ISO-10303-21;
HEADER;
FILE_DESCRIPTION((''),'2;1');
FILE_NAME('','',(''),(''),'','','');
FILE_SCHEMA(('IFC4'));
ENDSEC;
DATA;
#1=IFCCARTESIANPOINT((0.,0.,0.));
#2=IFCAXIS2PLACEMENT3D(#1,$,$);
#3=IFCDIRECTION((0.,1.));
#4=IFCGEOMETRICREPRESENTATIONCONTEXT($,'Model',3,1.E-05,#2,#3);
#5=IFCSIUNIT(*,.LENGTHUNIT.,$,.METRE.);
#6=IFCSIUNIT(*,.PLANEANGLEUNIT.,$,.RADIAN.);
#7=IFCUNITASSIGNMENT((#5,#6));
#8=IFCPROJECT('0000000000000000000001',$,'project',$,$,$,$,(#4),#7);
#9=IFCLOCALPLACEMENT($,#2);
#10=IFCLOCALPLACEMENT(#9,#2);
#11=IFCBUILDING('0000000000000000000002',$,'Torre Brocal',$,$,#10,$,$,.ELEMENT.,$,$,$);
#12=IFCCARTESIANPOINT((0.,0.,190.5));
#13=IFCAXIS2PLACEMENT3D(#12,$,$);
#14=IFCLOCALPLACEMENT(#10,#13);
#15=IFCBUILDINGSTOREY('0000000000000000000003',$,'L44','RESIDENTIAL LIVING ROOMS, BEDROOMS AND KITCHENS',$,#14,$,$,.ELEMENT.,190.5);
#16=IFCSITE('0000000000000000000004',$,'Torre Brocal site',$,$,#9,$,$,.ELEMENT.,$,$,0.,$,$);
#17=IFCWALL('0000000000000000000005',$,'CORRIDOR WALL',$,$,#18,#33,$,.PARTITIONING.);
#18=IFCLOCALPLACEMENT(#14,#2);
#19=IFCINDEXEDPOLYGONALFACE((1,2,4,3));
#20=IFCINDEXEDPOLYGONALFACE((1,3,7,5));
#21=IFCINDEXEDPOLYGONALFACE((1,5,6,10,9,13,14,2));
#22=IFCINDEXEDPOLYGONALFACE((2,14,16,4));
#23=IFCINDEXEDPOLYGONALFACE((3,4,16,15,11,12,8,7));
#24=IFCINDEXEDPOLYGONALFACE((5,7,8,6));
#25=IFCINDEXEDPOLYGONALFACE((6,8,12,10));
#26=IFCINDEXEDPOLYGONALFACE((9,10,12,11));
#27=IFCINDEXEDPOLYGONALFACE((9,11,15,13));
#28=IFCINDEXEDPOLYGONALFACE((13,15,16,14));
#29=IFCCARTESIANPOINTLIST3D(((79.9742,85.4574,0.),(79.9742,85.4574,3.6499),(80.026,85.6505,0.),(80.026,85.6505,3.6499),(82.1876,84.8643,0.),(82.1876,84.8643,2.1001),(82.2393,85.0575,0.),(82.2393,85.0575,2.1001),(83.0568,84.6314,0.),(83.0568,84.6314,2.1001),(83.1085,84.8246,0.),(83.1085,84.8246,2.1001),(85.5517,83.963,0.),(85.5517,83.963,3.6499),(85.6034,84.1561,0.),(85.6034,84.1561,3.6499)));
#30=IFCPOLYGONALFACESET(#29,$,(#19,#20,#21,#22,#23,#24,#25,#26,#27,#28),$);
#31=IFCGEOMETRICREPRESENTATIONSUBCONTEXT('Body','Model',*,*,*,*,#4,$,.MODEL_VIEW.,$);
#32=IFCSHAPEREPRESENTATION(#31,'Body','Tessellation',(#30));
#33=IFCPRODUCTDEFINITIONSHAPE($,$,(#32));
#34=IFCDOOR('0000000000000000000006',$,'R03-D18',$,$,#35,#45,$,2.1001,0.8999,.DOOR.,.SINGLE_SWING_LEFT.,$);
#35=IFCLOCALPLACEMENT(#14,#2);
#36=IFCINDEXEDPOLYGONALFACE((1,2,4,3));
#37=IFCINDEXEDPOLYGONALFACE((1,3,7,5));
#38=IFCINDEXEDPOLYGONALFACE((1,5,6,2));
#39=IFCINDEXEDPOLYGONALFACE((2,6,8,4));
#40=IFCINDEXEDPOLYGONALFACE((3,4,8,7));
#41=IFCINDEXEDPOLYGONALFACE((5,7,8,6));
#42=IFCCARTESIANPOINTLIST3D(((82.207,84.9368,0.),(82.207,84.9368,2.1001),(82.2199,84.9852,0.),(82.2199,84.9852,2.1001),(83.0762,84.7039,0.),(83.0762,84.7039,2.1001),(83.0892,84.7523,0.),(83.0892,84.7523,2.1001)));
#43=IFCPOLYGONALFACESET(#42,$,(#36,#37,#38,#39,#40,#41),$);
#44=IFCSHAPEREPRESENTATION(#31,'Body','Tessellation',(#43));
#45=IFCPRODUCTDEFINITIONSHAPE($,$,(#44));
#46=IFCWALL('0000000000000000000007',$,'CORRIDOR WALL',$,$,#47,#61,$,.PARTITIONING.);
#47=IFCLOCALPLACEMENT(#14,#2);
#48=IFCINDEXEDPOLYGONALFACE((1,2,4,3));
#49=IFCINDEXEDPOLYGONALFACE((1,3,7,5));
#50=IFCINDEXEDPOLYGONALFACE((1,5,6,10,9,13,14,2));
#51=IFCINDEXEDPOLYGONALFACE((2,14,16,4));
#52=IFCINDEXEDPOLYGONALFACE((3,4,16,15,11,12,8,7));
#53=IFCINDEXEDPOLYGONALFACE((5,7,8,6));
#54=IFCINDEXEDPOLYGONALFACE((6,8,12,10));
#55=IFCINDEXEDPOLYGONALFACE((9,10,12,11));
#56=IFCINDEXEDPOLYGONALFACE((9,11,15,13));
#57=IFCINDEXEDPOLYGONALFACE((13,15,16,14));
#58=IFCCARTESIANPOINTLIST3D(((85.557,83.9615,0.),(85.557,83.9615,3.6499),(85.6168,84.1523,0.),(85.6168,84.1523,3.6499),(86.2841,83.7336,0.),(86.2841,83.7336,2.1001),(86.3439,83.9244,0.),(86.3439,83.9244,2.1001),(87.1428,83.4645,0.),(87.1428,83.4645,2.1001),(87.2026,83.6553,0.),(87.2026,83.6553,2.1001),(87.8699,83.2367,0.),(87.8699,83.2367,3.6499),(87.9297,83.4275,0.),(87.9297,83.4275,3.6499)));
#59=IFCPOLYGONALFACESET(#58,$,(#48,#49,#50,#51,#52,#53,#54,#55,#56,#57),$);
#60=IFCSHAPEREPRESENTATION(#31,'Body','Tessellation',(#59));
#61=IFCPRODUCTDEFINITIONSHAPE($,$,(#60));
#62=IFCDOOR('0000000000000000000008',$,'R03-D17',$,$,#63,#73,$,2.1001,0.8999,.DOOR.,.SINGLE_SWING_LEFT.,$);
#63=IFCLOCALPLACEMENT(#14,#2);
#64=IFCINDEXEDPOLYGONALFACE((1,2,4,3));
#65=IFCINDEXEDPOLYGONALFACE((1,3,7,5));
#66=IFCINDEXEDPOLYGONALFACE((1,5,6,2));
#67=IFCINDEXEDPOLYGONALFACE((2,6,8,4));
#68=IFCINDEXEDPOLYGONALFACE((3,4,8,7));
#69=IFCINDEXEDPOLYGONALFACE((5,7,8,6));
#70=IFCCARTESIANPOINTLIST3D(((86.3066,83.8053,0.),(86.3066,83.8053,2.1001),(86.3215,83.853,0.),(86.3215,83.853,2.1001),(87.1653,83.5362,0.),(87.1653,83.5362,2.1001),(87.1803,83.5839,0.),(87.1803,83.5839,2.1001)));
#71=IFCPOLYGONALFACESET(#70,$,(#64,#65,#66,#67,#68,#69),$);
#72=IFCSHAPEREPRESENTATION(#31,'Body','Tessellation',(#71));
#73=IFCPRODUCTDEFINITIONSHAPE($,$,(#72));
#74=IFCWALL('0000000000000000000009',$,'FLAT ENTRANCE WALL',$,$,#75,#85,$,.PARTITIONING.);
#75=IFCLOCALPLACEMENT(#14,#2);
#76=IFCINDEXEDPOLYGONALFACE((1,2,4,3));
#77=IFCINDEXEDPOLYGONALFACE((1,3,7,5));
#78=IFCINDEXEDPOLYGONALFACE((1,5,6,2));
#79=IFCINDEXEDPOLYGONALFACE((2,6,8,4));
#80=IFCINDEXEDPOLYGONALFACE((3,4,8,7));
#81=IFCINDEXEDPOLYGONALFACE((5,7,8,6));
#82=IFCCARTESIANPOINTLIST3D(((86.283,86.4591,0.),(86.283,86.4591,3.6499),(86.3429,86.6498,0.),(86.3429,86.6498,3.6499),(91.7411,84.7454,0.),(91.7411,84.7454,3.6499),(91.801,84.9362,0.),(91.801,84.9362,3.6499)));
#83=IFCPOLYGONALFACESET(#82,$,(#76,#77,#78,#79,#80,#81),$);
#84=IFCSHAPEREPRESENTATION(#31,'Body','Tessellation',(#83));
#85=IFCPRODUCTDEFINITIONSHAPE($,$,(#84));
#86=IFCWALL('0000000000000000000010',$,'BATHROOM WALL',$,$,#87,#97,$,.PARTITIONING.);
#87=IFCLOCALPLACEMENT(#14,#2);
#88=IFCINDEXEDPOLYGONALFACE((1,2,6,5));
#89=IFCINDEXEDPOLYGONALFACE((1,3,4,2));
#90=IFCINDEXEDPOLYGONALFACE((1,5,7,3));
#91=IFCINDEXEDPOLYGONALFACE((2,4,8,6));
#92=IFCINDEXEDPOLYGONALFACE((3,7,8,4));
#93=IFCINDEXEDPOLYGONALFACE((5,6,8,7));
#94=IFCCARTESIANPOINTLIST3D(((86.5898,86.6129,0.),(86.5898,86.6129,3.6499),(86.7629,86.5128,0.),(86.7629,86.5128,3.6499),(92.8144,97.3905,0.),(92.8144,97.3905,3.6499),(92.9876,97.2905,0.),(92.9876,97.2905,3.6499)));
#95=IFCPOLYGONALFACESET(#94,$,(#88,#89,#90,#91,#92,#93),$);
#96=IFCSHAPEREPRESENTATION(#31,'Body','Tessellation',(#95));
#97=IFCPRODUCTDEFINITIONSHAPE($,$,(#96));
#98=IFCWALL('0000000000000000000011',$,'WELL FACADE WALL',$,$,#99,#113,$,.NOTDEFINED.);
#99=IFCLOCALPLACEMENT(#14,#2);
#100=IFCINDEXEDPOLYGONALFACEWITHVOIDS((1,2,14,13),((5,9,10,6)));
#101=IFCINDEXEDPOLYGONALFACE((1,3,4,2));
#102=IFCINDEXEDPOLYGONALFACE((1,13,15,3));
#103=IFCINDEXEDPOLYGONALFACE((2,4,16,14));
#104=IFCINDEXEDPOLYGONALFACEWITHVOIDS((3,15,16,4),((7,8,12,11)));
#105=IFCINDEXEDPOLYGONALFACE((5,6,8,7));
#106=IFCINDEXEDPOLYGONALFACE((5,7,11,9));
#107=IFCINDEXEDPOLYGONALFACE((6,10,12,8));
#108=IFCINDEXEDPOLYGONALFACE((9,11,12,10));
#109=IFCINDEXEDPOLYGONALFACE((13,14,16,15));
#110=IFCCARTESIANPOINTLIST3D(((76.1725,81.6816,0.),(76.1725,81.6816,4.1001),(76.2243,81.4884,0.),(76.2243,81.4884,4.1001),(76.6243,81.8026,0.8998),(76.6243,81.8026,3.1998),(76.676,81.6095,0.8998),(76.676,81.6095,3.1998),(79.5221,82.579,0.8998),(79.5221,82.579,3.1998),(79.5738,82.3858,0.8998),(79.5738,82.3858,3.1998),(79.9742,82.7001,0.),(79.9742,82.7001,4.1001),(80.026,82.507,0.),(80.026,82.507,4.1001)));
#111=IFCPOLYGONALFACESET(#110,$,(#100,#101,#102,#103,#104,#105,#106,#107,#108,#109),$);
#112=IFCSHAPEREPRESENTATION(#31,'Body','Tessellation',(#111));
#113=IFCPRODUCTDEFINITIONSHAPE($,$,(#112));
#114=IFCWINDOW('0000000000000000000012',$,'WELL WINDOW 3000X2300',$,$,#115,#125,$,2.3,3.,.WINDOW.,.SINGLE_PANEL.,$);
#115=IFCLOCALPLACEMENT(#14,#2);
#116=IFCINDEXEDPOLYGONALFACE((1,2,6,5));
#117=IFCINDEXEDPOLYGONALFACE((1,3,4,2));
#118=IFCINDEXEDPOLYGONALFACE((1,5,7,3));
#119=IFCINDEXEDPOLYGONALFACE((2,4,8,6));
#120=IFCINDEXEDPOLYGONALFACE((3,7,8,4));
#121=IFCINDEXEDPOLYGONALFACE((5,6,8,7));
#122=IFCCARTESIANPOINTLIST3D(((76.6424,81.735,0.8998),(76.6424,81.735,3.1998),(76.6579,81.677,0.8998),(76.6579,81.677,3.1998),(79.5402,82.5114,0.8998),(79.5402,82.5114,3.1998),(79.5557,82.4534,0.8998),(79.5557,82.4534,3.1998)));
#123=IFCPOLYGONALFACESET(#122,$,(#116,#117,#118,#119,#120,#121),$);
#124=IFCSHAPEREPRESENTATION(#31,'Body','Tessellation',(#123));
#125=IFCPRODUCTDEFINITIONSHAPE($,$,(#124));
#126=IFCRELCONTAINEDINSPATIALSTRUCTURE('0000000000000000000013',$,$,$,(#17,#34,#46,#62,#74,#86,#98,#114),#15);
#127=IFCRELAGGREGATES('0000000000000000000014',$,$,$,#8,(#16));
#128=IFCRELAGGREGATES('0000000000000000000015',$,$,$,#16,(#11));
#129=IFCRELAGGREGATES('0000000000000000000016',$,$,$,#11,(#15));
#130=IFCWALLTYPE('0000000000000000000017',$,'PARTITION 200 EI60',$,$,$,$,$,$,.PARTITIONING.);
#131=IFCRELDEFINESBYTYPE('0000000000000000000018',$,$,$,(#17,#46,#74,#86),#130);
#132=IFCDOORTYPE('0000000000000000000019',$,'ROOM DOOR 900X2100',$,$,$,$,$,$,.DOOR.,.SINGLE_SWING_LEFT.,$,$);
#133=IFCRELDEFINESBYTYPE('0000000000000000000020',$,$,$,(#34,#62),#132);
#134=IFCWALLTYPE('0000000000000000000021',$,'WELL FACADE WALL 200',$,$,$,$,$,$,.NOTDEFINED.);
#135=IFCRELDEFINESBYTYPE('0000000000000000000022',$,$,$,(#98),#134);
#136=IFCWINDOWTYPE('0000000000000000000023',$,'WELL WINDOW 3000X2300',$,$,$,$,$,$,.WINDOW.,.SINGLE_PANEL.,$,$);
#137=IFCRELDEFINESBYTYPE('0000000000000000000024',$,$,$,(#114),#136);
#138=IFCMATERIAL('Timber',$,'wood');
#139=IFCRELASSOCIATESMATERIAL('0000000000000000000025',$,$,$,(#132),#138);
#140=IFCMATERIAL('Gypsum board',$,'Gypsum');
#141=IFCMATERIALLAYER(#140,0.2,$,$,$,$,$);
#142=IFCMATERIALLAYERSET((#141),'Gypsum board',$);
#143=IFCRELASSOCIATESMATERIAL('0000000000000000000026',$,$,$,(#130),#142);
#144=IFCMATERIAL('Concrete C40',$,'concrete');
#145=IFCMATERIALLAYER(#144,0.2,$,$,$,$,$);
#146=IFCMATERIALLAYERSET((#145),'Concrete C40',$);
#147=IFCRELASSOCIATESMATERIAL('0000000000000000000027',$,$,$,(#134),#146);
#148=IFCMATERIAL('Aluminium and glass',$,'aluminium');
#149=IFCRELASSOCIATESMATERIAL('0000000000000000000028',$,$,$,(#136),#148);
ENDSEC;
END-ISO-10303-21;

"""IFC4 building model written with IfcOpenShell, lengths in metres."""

from ifc_helpers import new_model, si_unit, direction, frame, frame_2d, origin, place, context, subcontext, project, spatial, rectangle, extrude, material, layer, layer_set, type_object, element, fill, save


model = new_model("IFC4")

# Units and contexts
model_context = context("Model", 3, precision=1e-05, world=origin(), true_north=direction((0.0, 1.0)))
body_context = subcontext(model_context, "Body", "Model", "MODEL_VIEW")
ifc_project = project(units=[si_unit("LENGTHUNIT", "METRE"), si_unit("PLANEANGLEUNIT", "RADIAN")], contexts=[model_context])

# Site, building, storey
site_placement = place(None, origin())
site = spatial("IfcSite", under=ifc_project, at=site_placement, Name="Torre Brocal site", CompositionType="ELEMENT", RefElevation=0.0)
building_placement = place(site_placement, origin())
building = spatial("IfcBuilding", under=site, at=building_placement, Name="Torre Brocal", CompositionType="ELEMENT")
storey_placement = place(building_placement, frame((0.0, 0.0, 190.5)))
storey = spatial("IfcBuildingStorey", under=building, at=storey_placement, Name="L44", Description="RESIDENTIAL LIVING ROOMS, BEDROOMS AND KITCHENS", CompositionType="ELEMENT", Elevation=190.5)

# Shared definitions
ifc_material_1 = material(Name="Timber", Category="wood")
door_type_1 = type_object("IfcDoorType", Name="ROOM DOOR 900X2100", OperationType="SINGLE_SWING_LEFT", PredefinedType="DOOR", material=ifc_material_1)

# Shared definitions
ifc_material_2 = material(Name="Gypsum board", Category="Gypsum")
ifc_layer_1 = layer(ifc_material_2, 0.2)
ifc_layer_set_1 = layer_set([ifc_layer_1], Name="Gypsum board")
wall_type_1 = type_object("IfcWallType", Name="PARTITION 200 EI60", PredefinedType="PARTITIONING", material=ifc_layer_set_1)

# Walls, openings, doors
wall_1_placement = place(storey_placement, frame((80.0, 85.554, 0.0), z_axis=(0.0, 0.0, 1.0), x_axis=(0.965929, -0.258807, 0.0)))
wall_1 = element("IfcWall", 1, at=wall_1_placement, inside=storey, type_object=wall_type_1, Name="CORRIDOR WALL", PredefinedType="PARTITIONING", context=body_context, shape_type="SweptSolid", body=[
    extrude(rectangle(XDim=5.7742, YDim=0.2, at=frame_2d((2.8872, 0.0))), origin(), (0.0, 0.0, 1.0), 3.6499),
])
opening_1_placement = place(wall_1_placement, frame((2.2915, 0.0, 0.0)))
opening_1 = element("IfcOpeningElement", 2, at=opening_1_placement, cuts=wall_1, PredefinedType="OPENING", context=body_context, shape_type="SweptSolid", body=[
    extrude(rectangle(XDim=0.8999, YDim=2.1001, at=frame_2d((0.45, 1.05))), frame((0.0, 0.1099, 0.0), z_axis=(0.0, -1.0, 0.0), x_axis=(1.0, 0.0, 0.0)), (0.0, 0.0, 1.0), 0.22),
])
door_1_placement = place(opening_1_placement, frame((0.8999, 0.0, 0.0), z_axis=(0.0, 0.0, 1.0), x_axis=(-1.0, 0.0, 0.0)))
door_1 = element("IfcDoor", 3, at=door_1_placement, inside=storey, type_object=door_type_1, Name="R03-D18", OperationType="SINGLE_SWING_LEFT", OverallHeight=2.1001, OverallWidth=0.8999, PredefinedType="DOOR", context=body_context, shape_type="SweptSolid", body=[
    extrude(rectangle(XDim=0.8999, YDim=2.1001, at=frame_2d((0.45, 1.05))), frame((0.0, 0.0249, 0.0), z_axis=(0.0, -1.0, 0.0), x_axis=(1.0, 0.0, 0.0)), (0.0, 0.0, 1.0), 0.05),
])
fill(opening_1, door_1)
wall_2_placement = place(storey_placement, frame((85.5869, 84.0569, 0.0), z_axis=(0.0, 0.0, 1.0), x_axis=(0.95424, -0.299043, 0.0)))
wall_2 = element("IfcWall", 4, at=wall_2_placement, inside=storey, type_object=wall_type_1, Name="CORRIDOR WALL", PredefinedType="PARTITIONING", context=body_context, shape_type="SweptSolid", body=[
    extrude(rectangle(XDim=2.4238, YDim=0.2, at=frame_2d((1.2119, 0.0))), origin(), (0.0, 0.0, 1.0), 3.6499),
])
opening_2_placement = place(wall_2_placement, frame((0.762, 0.0, 0.0)))
opening_2 = element("IfcOpeningElement", 5, at=opening_2_placement, cuts=wall_2, PredefinedType="OPENING", context=body_context, shape_type="SweptSolid", body=[
    extrude(rectangle(XDim=0.8999, YDim=2.1001, at=frame_2d((0.45, 1.05))), frame((0.0, 0.1099, 0.0), z_axis=(0.0, -1.0, 0.0), x_axis=(1.0, 0.0, 0.0)), (0.0, 0.0, 1.0), 0.22),
])
door_2_placement = place(opening_2_placement, frame((0.8999, 0.0, 0.0), z_axis=(0.0, 0.0, 1.0), x_axis=(-1.0, 0.0, 0.0)))
door_2 = element("IfcDoor", 6, at=door_2_placement, inside=storey, type_object=door_type_1, Name="R03-D17", OperationType="SINGLE_SWING_LEFT", OverallHeight=2.1001, OverallWidth=0.8999, PredefinedType="DOOR", context=body_context, shape_type="SweptSolid", body=[
    extrude(rectangle(XDim=0.8999, YDim=2.1001, at=frame_2d((0.45, 1.05))), frame((0.0, 0.0249, 0.0), z_axis=(0.0, -1.0, 0.0), x_axis=(1.0, 0.0, 0.0)), (0.0, 0.0, 1.0), 0.05),
])
fill(opening_2, door_2)

# Walls
wall_3_placement = place(storey_placement, frame((86.313, 86.5544, 0.0), z_axis=(0.0, 0.0, 1.0), x_axis=(0.954081, -0.299548, 0.0)))
element("IfcWall", 7, at=wall_3_placement, inside=storey, type_object=wall_type_1, Name="FLAT ENTRANCE WALL", PredefinedType="PARTITIONING", context=body_context, shape_type="SweptSolid", body=[
    extrude(rectangle(XDim=5.7207, YDim=0.2, at=frame_2d((2.8604, 0.0))), origin(), (0.0, 0.0, 1.0), 3.6499),
])
wall_4_placement = place(storey_placement, frame((86.6763, 86.5627, 0.0), z_axis=(0.0, 0.0, 1.0), x_axis=(0.500131, 0.86595, 0.0)))
element("IfcWall", 8, at=wall_4_placement, inside=storey, type_object=wall_type_1, Name="BATHROOM WALL", PredefinedType="PARTITIONING", context=body_context, shape_type="SweptSolid", body=[
    extrude(rectangle(XDim=12.446, YDim=0.2, at=frame_2d((6.2231, 0.0))), origin(), (0.0, 0.0, 1.0), 3.6499),
])

# Wall, opening, window
ifc_material_3 = material(Name="Concrete C40", Category="concrete")
ifc_layer_2 = layer(ifc_material_3, 0.2)
ifc_layer_set_2 = layer_set([ifc_layer_2], Name="Concrete C40")
wall_type_2 = type_object("IfcWallType", Name="WELL FACADE WALL 200", PredefinedType="NOTDEFINED", material=ifc_layer_set_2)
wall_5_placement = place(storey_placement, frame((80.0, 82.6035, 0.0), z_axis=(0.0, 0.0, 1.0), x_axis=(-0.965934, -0.25879, 0.0)))
wall_5 = element("IfcWall", 9, at=wall_5_placement, inside=storey, type_object=wall_type_2, Name="WELL FACADE WALL", PredefinedType="NOTDEFINED", context=body_context, shape_type="SweptSolid", body=[
    extrude(rectangle(XDim=3.9358, YDim=0.2, at=frame_2d((1.9678, 0.0))), origin(), (0.0, 0.0, 1.0), 4.1001),
])
opening_3_placement = place(wall_5_placement, frame((0.468, 0.0, 0.8999)))
opening_3 = element("IfcOpeningElement", 10, at=opening_3_placement, cuts=wall_5, PredefinedType="OPENING", context=body_context, shape_type="SweptSolid", body=[
    extrude(rectangle(XDim=3.0, YDim=2.3, at=frame_2d((1.5, 1.1499))), frame((0.0, 0.1099, 0.0), z_axis=(0.0, -1.0, 0.0), x_axis=(1.0, 0.0, 0.0)), (0.0, 0.0, 1.0), 0.22),
])
ifc_material_4 = material(Name="Aluminium and glass", Category="aluminium")
window_type = type_object("IfcWindowType", Name="WELL WINDOW 3000X2300", PartitioningType="SINGLE_PANEL", PredefinedType="WINDOW", material=ifc_material_4)
window_placement = place(opening_3_placement, origin())
window = element("IfcWindow", 11, at=window_placement, inside=storey, type_object=window_type, Name="WELL WINDOW 3000X2300", OverallHeight=2.3, OverallWidth=3.0, PartitioningType="SINGLE_PANEL", PredefinedType="WINDOW", context=body_context, shape_type="SweptSolid", body=[
    extrude(rectangle(XDim=3.0, YDim=2.3, at=frame_2d((1.5, 1.1499))), frame((0.0, 0.03, 0.0), z_axis=(0.0, -1.0, 0.0), x_axis=(1.0, 0.0, 0.0)), (0.0, 0.0, 1.0), 0.0601),
])
fill(opening_3, window)

save(model, "model.ifc")
